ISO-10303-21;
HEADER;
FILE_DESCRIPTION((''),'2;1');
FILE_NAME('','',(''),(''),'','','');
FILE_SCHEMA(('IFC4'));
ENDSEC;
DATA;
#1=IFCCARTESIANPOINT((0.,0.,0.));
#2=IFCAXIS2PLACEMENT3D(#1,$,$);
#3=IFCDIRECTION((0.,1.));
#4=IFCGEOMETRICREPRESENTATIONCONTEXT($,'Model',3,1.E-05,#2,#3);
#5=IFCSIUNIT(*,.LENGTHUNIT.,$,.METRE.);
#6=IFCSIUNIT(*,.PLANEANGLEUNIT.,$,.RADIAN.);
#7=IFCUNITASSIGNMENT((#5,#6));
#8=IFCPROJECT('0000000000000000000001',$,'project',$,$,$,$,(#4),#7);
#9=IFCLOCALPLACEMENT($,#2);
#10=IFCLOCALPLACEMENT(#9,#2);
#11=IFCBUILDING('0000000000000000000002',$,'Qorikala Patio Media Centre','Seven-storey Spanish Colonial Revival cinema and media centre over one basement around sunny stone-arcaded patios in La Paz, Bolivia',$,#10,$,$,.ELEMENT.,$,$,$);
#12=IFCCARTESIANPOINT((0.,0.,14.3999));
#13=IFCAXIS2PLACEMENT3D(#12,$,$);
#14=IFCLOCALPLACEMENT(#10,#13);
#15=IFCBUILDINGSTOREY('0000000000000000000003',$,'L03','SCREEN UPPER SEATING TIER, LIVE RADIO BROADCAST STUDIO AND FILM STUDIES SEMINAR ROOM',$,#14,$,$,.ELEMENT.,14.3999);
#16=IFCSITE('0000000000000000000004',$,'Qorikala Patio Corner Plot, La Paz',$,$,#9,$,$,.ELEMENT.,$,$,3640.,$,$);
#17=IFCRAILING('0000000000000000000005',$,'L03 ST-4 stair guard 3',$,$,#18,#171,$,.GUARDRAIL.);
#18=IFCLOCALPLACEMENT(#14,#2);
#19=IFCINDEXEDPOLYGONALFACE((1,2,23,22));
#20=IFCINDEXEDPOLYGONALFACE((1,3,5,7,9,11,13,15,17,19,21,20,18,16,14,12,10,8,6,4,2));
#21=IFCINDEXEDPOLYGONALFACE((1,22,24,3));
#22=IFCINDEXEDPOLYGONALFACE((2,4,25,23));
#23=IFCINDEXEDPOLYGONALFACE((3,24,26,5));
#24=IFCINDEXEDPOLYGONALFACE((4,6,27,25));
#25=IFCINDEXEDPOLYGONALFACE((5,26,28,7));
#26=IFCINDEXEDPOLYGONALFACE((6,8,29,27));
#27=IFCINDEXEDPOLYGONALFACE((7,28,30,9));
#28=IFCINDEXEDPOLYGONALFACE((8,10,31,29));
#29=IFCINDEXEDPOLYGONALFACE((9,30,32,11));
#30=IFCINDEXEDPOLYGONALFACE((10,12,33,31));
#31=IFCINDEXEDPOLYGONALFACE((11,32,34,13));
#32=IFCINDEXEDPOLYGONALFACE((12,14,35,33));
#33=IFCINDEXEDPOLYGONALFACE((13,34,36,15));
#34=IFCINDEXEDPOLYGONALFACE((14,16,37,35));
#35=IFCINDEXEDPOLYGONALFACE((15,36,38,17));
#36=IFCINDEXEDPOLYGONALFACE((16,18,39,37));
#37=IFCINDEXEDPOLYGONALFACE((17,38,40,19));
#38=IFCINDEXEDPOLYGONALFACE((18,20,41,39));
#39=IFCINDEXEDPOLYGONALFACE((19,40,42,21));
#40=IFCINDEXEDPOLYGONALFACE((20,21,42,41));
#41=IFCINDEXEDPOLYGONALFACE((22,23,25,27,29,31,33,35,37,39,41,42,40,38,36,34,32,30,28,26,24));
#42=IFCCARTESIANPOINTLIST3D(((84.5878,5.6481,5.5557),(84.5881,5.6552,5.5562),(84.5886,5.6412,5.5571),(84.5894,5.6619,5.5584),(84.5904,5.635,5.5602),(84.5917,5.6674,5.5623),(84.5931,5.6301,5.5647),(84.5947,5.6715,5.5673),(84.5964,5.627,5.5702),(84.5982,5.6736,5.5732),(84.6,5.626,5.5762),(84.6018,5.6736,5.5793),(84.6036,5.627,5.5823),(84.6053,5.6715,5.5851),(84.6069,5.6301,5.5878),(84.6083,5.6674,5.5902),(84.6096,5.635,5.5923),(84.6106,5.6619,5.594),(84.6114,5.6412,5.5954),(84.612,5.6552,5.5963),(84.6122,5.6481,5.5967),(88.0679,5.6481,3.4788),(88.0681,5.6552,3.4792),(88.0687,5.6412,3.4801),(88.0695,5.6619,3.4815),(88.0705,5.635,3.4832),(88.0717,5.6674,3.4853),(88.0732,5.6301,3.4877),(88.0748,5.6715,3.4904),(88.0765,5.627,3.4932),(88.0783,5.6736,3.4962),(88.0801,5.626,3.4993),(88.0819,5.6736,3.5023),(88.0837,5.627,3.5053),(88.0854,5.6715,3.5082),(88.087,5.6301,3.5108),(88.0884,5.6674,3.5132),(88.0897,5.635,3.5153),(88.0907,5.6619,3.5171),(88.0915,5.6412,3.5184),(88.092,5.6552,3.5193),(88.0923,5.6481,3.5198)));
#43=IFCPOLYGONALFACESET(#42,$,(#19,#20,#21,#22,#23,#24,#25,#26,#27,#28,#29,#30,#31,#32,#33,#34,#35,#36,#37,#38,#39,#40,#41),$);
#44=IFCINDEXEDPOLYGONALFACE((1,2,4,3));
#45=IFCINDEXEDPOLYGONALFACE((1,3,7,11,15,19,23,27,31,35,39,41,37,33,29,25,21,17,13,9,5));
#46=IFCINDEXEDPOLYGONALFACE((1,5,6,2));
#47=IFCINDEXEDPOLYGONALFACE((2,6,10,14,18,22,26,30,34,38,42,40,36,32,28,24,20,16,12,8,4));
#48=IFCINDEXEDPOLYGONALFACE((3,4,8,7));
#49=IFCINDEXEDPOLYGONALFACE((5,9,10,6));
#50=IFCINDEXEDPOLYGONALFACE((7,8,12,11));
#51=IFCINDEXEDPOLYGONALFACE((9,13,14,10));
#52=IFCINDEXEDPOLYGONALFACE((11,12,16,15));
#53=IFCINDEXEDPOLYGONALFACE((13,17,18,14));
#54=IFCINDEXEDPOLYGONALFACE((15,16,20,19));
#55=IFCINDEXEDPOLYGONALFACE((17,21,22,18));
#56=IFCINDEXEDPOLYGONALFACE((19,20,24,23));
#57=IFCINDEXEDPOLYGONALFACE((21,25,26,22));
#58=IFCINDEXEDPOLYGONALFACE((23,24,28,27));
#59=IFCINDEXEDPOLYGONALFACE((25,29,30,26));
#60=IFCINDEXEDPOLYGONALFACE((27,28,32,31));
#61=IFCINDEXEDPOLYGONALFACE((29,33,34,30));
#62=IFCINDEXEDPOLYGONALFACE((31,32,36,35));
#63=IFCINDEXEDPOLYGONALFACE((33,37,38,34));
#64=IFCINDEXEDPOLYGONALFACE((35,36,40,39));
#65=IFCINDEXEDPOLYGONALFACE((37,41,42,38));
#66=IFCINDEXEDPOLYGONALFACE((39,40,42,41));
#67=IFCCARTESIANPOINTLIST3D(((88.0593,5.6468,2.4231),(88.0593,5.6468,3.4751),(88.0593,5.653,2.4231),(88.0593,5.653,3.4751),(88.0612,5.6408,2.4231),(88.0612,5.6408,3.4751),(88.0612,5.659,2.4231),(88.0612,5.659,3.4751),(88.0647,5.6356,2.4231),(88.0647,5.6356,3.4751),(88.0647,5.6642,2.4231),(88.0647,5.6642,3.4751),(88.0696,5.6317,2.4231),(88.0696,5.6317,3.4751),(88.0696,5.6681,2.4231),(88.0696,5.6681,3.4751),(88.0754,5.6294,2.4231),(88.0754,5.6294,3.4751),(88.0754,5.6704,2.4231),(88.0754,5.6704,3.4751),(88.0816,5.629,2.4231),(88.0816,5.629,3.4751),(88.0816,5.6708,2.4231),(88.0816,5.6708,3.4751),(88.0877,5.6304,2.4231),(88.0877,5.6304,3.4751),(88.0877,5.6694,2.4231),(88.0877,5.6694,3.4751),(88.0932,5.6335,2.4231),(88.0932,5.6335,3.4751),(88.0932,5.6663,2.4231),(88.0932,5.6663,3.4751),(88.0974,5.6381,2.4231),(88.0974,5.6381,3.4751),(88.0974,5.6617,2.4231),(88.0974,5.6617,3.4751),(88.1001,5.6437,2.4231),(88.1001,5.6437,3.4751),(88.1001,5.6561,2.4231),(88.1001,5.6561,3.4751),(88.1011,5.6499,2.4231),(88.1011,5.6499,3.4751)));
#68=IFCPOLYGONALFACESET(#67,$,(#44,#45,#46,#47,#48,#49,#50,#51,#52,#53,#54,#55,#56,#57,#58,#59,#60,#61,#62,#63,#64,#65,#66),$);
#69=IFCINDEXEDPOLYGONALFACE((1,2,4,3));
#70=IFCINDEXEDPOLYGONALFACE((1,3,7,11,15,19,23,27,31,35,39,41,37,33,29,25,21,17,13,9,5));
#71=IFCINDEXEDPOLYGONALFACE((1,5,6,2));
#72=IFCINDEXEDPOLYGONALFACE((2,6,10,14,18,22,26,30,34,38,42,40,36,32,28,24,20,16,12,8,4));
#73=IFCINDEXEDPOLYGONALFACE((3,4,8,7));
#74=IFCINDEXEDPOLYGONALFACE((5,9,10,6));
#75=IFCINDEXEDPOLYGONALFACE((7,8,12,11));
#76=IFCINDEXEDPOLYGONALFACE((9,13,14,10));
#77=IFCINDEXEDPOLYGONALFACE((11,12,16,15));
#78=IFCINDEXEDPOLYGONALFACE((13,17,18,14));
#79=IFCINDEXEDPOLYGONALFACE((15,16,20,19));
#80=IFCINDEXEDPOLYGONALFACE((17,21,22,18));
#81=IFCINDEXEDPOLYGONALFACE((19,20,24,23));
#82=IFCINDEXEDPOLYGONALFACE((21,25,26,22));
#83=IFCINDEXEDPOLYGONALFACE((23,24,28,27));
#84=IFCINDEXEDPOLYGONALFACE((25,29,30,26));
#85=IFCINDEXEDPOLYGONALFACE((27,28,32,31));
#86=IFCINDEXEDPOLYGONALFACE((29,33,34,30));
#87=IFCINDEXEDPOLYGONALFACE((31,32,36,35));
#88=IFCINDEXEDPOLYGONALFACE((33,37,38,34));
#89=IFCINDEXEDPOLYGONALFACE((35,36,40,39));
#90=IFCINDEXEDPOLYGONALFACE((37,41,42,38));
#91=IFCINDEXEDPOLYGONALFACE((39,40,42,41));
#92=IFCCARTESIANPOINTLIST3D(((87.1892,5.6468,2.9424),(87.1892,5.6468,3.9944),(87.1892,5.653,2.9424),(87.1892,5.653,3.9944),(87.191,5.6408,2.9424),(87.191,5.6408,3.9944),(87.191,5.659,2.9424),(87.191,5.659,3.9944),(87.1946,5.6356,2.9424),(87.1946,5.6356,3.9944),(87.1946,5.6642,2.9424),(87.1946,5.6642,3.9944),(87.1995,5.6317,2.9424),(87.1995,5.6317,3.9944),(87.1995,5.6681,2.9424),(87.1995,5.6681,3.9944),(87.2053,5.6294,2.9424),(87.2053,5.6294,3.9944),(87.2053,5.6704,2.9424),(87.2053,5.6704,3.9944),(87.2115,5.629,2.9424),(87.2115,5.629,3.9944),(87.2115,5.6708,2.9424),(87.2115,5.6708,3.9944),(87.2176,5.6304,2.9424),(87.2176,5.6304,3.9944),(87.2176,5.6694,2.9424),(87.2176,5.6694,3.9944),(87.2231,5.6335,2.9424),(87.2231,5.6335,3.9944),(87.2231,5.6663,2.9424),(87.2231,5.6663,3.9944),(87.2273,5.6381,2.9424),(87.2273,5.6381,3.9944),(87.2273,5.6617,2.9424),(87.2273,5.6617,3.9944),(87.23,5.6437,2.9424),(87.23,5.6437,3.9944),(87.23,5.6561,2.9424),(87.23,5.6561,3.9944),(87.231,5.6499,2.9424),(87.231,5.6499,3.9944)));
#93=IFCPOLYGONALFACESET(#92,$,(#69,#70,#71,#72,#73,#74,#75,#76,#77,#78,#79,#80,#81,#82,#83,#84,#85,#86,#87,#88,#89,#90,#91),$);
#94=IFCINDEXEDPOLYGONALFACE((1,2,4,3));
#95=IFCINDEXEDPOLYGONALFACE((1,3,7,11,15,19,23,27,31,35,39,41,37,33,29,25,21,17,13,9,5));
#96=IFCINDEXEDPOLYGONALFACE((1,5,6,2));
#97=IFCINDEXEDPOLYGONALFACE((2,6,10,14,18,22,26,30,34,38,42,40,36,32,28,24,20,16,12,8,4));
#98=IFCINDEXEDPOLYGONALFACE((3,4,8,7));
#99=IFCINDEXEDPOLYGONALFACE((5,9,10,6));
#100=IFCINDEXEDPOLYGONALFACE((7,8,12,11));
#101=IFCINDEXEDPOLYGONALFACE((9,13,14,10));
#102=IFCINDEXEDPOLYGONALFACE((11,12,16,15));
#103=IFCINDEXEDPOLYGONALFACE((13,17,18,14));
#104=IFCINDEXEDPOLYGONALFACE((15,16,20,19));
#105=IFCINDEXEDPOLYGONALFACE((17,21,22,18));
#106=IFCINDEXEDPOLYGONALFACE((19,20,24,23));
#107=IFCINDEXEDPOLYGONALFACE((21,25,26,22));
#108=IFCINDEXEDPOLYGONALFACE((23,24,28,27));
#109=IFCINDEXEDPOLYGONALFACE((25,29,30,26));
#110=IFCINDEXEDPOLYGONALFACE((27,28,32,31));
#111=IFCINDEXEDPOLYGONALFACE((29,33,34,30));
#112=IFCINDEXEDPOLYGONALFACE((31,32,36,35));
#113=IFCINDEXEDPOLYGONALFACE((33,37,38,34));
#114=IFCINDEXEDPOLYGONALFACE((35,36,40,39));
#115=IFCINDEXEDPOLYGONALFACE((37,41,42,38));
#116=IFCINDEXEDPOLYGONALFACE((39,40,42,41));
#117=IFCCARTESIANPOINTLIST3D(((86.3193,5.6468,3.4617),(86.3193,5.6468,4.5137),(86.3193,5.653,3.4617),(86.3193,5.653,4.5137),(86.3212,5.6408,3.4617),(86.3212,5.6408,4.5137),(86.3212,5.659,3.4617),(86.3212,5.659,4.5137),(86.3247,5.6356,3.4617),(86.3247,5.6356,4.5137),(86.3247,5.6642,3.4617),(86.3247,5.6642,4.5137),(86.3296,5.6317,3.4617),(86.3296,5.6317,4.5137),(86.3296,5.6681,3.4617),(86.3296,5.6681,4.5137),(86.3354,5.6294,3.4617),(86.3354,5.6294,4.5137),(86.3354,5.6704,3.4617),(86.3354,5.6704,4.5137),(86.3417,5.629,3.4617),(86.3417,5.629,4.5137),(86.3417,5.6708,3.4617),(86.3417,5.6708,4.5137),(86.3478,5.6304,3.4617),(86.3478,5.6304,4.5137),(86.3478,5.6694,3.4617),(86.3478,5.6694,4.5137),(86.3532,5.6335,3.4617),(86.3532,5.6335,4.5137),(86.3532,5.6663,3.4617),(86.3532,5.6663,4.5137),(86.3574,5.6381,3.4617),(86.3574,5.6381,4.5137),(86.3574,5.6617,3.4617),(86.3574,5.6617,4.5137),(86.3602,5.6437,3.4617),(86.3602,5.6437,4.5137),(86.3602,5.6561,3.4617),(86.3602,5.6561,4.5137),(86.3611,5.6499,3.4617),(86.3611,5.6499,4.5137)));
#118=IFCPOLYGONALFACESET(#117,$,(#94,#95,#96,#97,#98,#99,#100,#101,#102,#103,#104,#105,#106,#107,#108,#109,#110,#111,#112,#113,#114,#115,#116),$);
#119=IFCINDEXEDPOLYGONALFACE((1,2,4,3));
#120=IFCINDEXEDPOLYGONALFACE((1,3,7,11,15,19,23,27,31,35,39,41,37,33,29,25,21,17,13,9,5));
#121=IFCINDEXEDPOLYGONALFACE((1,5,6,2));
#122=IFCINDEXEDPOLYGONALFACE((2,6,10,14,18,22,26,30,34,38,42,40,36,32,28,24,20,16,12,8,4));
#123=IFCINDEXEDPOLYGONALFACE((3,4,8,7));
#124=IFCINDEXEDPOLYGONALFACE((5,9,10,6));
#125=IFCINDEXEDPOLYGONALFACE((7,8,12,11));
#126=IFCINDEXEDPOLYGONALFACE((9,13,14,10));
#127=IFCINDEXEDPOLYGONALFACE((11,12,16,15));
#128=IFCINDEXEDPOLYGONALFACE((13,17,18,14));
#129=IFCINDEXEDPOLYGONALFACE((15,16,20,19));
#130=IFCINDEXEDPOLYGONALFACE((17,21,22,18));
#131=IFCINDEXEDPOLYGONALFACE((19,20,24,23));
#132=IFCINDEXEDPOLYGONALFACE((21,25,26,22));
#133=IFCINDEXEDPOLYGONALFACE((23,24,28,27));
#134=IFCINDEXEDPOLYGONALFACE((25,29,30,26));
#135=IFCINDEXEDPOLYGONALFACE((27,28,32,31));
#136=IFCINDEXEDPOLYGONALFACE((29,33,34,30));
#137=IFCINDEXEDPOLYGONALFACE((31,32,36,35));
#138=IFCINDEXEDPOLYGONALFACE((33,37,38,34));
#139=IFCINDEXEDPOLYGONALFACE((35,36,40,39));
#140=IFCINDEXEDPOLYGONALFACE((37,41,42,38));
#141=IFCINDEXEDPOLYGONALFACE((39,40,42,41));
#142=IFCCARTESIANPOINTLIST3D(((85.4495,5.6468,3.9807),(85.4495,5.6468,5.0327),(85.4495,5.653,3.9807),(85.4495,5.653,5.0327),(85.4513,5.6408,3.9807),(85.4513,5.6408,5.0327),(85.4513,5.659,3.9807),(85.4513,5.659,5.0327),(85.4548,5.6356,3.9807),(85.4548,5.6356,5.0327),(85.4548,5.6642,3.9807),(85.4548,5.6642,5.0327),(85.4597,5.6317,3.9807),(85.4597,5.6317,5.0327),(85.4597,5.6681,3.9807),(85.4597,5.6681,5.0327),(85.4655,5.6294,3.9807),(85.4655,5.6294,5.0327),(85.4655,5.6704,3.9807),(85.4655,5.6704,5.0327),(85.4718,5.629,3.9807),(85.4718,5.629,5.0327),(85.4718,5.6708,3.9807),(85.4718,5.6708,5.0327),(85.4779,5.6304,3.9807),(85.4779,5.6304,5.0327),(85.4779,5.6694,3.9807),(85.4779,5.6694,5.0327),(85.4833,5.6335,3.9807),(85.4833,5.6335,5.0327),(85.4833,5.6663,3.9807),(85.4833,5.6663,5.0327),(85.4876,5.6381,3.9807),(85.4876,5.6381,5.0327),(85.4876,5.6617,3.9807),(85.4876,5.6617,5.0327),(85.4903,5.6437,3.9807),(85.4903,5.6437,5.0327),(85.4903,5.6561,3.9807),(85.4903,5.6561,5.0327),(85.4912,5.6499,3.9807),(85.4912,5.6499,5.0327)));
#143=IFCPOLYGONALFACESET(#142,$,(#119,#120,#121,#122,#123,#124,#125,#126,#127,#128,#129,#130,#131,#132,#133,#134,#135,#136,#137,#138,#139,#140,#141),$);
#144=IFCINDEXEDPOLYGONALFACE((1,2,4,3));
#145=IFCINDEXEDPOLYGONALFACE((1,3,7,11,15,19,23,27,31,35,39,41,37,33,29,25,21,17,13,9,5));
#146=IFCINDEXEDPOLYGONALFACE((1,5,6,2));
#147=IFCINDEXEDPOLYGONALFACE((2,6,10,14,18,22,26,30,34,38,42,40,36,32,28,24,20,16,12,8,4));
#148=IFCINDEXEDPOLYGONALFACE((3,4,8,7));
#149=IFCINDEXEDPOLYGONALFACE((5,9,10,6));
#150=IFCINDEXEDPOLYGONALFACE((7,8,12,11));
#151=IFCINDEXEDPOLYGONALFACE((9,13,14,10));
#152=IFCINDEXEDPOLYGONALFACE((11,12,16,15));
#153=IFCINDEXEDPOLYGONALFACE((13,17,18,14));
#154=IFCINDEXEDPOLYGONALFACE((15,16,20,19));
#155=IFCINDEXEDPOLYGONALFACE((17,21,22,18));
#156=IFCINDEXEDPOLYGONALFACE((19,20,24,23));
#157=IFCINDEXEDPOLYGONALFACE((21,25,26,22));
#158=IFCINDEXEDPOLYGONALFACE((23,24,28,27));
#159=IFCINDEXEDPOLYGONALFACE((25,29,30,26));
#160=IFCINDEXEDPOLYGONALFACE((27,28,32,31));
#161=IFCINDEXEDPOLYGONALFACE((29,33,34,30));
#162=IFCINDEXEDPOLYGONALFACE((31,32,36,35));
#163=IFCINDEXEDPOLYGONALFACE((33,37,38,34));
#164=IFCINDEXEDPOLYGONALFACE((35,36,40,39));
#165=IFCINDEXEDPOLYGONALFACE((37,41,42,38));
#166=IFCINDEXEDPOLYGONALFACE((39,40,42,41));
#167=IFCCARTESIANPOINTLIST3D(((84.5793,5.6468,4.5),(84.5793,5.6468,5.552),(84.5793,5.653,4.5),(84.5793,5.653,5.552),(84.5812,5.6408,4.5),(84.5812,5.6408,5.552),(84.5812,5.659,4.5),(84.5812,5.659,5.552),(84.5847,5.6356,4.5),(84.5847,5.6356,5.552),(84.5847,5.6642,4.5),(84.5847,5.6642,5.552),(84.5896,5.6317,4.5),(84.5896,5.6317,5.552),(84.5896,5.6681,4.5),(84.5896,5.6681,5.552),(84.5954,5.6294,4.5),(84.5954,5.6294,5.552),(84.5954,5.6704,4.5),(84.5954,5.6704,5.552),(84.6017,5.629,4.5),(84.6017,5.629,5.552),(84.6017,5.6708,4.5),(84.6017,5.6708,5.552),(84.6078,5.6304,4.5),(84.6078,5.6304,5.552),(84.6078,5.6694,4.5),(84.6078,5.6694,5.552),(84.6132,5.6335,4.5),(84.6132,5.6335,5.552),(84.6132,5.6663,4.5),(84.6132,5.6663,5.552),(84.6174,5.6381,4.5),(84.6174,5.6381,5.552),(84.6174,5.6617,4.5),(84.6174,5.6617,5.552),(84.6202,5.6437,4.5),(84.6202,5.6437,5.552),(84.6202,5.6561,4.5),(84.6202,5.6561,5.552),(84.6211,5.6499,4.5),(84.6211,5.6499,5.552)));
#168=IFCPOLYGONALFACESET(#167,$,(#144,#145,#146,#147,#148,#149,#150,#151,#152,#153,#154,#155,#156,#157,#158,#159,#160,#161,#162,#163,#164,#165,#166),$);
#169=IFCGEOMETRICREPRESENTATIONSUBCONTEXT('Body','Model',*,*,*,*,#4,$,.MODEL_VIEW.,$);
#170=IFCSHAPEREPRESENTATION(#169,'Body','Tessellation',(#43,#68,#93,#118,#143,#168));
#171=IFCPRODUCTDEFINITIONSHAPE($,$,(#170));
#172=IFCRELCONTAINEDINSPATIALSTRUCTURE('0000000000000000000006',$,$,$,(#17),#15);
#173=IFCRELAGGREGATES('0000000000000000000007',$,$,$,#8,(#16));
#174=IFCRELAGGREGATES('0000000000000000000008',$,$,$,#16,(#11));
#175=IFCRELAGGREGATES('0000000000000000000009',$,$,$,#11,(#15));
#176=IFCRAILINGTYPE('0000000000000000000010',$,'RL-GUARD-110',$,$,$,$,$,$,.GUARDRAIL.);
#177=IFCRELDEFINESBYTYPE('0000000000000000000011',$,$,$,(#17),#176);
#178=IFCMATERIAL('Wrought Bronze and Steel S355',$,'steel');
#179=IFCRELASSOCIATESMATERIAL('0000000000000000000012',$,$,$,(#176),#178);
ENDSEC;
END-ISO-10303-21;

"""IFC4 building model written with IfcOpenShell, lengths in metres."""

from ifc_helpers import new_model, si_unit, direction, frame, origin, origin_2d, place, context, subcontext, project, spatial, circle, extrude, material, type_object, element, save


model = new_model("IFC4")

# Units and contexts
model_context = context("Model", 3, precision=1e-05, world=origin(), true_north=direction((0.0, 1.0)))
body_context = subcontext(model_context, "Body", "Model", "MODEL_VIEW")
ifc_project = project(units=[si_unit("LENGTHUNIT", "METRE"), si_unit("PLANEANGLEUNIT", "RADIAN")], contexts=[model_context])

# Site, building, storey
site_placement = place(None, origin())
site = spatial("IfcSite", under=ifc_project, at=site_placement, Name="Qorikala Patio Corner Plot, La Paz", CompositionType="ELEMENT", RefElevation=3640.0)
building_placement = place(site_placement, origin())
building = spatial("IfcBuilding", under=site, at=building_placement, Name="Qorikala Patio Media Centre", Description="Seven-storey Spanish Colonial Revival cinema and media centre over one basement around sunny stone-arcaded patios in La Paz, Bolivia", CompositionType="ELEMENT")
storey_placement = place(building_placement, frame((0.0, 0.0, 14.3999)))
storey = spatial("IfcBuildingStorey", under=building, at=storey_placement, Name="L03", Description="SCREEN UPPER SEATING TIER, LIVE RADIO BROADCAST STUDIO AND FILM STUDIES SEMINAR ROOM", CompositionType="ELEMENT", Elevation=14.3999)

# Railing
ifc_material_1 = material(Name="Wrought Bronze and Steel S355", Category="steel")
railing_type_1 = type_object("IfcRailingType", Name="RL-GUARD-110", PredefinedType="GUARDRAIL", material=ifc_material_1)
railing_1_placement = place(storey_placement, frame((88.0801, 5.6499, 2.4231)))
element("IfcRailing", 1, at=railing_1_placement, inside=storey, type_object=railing_type_1, Name="L03 ST-4 stair guard 3", PredefinedType="GUARDRAIL", context=body_context, shape_type="SweptSolid", body=[
    extrude(circle(Radius=0.0239, at=origin_2d()), frame((0.0, 0.0, 1.0762), z_axis=(-0.858697, 0.0, 0.512483), x_axis=(0.0, -1.0, 0.0)), (0.0, 0.0, 1.0), 4.0527),
    extrude(circle(Radius=0.021, at=origin_2d()), origin(), (0.0, 0.0, 1.0), 1.052),
    extrude(circle(Radius=0.021, at=origin_2d()), frame((-0.8701, 0.0, 0.5193)), (0.0, 0.0, 1.0), 1.052),
    extrude(circle(Radius=0.021, at=origin_2d()), frame((-1.74, 0.0, 1.0386)), (0.0, 0.0, 1.0), 1.052),
    extrude(circle(Radius=0.021, at=origin_2d()), frame((-2.6099, 0.0, 1.5576)), (0.0, 0.0, 1.0), 1.052),
    extrude(circle(Radius=0.021, at=origin_2d()), frame((-3.48, 0.0, 2.0769)), (0.0, 0.0, 1.0), 1.052),
])

save(model, "model.ifc")
